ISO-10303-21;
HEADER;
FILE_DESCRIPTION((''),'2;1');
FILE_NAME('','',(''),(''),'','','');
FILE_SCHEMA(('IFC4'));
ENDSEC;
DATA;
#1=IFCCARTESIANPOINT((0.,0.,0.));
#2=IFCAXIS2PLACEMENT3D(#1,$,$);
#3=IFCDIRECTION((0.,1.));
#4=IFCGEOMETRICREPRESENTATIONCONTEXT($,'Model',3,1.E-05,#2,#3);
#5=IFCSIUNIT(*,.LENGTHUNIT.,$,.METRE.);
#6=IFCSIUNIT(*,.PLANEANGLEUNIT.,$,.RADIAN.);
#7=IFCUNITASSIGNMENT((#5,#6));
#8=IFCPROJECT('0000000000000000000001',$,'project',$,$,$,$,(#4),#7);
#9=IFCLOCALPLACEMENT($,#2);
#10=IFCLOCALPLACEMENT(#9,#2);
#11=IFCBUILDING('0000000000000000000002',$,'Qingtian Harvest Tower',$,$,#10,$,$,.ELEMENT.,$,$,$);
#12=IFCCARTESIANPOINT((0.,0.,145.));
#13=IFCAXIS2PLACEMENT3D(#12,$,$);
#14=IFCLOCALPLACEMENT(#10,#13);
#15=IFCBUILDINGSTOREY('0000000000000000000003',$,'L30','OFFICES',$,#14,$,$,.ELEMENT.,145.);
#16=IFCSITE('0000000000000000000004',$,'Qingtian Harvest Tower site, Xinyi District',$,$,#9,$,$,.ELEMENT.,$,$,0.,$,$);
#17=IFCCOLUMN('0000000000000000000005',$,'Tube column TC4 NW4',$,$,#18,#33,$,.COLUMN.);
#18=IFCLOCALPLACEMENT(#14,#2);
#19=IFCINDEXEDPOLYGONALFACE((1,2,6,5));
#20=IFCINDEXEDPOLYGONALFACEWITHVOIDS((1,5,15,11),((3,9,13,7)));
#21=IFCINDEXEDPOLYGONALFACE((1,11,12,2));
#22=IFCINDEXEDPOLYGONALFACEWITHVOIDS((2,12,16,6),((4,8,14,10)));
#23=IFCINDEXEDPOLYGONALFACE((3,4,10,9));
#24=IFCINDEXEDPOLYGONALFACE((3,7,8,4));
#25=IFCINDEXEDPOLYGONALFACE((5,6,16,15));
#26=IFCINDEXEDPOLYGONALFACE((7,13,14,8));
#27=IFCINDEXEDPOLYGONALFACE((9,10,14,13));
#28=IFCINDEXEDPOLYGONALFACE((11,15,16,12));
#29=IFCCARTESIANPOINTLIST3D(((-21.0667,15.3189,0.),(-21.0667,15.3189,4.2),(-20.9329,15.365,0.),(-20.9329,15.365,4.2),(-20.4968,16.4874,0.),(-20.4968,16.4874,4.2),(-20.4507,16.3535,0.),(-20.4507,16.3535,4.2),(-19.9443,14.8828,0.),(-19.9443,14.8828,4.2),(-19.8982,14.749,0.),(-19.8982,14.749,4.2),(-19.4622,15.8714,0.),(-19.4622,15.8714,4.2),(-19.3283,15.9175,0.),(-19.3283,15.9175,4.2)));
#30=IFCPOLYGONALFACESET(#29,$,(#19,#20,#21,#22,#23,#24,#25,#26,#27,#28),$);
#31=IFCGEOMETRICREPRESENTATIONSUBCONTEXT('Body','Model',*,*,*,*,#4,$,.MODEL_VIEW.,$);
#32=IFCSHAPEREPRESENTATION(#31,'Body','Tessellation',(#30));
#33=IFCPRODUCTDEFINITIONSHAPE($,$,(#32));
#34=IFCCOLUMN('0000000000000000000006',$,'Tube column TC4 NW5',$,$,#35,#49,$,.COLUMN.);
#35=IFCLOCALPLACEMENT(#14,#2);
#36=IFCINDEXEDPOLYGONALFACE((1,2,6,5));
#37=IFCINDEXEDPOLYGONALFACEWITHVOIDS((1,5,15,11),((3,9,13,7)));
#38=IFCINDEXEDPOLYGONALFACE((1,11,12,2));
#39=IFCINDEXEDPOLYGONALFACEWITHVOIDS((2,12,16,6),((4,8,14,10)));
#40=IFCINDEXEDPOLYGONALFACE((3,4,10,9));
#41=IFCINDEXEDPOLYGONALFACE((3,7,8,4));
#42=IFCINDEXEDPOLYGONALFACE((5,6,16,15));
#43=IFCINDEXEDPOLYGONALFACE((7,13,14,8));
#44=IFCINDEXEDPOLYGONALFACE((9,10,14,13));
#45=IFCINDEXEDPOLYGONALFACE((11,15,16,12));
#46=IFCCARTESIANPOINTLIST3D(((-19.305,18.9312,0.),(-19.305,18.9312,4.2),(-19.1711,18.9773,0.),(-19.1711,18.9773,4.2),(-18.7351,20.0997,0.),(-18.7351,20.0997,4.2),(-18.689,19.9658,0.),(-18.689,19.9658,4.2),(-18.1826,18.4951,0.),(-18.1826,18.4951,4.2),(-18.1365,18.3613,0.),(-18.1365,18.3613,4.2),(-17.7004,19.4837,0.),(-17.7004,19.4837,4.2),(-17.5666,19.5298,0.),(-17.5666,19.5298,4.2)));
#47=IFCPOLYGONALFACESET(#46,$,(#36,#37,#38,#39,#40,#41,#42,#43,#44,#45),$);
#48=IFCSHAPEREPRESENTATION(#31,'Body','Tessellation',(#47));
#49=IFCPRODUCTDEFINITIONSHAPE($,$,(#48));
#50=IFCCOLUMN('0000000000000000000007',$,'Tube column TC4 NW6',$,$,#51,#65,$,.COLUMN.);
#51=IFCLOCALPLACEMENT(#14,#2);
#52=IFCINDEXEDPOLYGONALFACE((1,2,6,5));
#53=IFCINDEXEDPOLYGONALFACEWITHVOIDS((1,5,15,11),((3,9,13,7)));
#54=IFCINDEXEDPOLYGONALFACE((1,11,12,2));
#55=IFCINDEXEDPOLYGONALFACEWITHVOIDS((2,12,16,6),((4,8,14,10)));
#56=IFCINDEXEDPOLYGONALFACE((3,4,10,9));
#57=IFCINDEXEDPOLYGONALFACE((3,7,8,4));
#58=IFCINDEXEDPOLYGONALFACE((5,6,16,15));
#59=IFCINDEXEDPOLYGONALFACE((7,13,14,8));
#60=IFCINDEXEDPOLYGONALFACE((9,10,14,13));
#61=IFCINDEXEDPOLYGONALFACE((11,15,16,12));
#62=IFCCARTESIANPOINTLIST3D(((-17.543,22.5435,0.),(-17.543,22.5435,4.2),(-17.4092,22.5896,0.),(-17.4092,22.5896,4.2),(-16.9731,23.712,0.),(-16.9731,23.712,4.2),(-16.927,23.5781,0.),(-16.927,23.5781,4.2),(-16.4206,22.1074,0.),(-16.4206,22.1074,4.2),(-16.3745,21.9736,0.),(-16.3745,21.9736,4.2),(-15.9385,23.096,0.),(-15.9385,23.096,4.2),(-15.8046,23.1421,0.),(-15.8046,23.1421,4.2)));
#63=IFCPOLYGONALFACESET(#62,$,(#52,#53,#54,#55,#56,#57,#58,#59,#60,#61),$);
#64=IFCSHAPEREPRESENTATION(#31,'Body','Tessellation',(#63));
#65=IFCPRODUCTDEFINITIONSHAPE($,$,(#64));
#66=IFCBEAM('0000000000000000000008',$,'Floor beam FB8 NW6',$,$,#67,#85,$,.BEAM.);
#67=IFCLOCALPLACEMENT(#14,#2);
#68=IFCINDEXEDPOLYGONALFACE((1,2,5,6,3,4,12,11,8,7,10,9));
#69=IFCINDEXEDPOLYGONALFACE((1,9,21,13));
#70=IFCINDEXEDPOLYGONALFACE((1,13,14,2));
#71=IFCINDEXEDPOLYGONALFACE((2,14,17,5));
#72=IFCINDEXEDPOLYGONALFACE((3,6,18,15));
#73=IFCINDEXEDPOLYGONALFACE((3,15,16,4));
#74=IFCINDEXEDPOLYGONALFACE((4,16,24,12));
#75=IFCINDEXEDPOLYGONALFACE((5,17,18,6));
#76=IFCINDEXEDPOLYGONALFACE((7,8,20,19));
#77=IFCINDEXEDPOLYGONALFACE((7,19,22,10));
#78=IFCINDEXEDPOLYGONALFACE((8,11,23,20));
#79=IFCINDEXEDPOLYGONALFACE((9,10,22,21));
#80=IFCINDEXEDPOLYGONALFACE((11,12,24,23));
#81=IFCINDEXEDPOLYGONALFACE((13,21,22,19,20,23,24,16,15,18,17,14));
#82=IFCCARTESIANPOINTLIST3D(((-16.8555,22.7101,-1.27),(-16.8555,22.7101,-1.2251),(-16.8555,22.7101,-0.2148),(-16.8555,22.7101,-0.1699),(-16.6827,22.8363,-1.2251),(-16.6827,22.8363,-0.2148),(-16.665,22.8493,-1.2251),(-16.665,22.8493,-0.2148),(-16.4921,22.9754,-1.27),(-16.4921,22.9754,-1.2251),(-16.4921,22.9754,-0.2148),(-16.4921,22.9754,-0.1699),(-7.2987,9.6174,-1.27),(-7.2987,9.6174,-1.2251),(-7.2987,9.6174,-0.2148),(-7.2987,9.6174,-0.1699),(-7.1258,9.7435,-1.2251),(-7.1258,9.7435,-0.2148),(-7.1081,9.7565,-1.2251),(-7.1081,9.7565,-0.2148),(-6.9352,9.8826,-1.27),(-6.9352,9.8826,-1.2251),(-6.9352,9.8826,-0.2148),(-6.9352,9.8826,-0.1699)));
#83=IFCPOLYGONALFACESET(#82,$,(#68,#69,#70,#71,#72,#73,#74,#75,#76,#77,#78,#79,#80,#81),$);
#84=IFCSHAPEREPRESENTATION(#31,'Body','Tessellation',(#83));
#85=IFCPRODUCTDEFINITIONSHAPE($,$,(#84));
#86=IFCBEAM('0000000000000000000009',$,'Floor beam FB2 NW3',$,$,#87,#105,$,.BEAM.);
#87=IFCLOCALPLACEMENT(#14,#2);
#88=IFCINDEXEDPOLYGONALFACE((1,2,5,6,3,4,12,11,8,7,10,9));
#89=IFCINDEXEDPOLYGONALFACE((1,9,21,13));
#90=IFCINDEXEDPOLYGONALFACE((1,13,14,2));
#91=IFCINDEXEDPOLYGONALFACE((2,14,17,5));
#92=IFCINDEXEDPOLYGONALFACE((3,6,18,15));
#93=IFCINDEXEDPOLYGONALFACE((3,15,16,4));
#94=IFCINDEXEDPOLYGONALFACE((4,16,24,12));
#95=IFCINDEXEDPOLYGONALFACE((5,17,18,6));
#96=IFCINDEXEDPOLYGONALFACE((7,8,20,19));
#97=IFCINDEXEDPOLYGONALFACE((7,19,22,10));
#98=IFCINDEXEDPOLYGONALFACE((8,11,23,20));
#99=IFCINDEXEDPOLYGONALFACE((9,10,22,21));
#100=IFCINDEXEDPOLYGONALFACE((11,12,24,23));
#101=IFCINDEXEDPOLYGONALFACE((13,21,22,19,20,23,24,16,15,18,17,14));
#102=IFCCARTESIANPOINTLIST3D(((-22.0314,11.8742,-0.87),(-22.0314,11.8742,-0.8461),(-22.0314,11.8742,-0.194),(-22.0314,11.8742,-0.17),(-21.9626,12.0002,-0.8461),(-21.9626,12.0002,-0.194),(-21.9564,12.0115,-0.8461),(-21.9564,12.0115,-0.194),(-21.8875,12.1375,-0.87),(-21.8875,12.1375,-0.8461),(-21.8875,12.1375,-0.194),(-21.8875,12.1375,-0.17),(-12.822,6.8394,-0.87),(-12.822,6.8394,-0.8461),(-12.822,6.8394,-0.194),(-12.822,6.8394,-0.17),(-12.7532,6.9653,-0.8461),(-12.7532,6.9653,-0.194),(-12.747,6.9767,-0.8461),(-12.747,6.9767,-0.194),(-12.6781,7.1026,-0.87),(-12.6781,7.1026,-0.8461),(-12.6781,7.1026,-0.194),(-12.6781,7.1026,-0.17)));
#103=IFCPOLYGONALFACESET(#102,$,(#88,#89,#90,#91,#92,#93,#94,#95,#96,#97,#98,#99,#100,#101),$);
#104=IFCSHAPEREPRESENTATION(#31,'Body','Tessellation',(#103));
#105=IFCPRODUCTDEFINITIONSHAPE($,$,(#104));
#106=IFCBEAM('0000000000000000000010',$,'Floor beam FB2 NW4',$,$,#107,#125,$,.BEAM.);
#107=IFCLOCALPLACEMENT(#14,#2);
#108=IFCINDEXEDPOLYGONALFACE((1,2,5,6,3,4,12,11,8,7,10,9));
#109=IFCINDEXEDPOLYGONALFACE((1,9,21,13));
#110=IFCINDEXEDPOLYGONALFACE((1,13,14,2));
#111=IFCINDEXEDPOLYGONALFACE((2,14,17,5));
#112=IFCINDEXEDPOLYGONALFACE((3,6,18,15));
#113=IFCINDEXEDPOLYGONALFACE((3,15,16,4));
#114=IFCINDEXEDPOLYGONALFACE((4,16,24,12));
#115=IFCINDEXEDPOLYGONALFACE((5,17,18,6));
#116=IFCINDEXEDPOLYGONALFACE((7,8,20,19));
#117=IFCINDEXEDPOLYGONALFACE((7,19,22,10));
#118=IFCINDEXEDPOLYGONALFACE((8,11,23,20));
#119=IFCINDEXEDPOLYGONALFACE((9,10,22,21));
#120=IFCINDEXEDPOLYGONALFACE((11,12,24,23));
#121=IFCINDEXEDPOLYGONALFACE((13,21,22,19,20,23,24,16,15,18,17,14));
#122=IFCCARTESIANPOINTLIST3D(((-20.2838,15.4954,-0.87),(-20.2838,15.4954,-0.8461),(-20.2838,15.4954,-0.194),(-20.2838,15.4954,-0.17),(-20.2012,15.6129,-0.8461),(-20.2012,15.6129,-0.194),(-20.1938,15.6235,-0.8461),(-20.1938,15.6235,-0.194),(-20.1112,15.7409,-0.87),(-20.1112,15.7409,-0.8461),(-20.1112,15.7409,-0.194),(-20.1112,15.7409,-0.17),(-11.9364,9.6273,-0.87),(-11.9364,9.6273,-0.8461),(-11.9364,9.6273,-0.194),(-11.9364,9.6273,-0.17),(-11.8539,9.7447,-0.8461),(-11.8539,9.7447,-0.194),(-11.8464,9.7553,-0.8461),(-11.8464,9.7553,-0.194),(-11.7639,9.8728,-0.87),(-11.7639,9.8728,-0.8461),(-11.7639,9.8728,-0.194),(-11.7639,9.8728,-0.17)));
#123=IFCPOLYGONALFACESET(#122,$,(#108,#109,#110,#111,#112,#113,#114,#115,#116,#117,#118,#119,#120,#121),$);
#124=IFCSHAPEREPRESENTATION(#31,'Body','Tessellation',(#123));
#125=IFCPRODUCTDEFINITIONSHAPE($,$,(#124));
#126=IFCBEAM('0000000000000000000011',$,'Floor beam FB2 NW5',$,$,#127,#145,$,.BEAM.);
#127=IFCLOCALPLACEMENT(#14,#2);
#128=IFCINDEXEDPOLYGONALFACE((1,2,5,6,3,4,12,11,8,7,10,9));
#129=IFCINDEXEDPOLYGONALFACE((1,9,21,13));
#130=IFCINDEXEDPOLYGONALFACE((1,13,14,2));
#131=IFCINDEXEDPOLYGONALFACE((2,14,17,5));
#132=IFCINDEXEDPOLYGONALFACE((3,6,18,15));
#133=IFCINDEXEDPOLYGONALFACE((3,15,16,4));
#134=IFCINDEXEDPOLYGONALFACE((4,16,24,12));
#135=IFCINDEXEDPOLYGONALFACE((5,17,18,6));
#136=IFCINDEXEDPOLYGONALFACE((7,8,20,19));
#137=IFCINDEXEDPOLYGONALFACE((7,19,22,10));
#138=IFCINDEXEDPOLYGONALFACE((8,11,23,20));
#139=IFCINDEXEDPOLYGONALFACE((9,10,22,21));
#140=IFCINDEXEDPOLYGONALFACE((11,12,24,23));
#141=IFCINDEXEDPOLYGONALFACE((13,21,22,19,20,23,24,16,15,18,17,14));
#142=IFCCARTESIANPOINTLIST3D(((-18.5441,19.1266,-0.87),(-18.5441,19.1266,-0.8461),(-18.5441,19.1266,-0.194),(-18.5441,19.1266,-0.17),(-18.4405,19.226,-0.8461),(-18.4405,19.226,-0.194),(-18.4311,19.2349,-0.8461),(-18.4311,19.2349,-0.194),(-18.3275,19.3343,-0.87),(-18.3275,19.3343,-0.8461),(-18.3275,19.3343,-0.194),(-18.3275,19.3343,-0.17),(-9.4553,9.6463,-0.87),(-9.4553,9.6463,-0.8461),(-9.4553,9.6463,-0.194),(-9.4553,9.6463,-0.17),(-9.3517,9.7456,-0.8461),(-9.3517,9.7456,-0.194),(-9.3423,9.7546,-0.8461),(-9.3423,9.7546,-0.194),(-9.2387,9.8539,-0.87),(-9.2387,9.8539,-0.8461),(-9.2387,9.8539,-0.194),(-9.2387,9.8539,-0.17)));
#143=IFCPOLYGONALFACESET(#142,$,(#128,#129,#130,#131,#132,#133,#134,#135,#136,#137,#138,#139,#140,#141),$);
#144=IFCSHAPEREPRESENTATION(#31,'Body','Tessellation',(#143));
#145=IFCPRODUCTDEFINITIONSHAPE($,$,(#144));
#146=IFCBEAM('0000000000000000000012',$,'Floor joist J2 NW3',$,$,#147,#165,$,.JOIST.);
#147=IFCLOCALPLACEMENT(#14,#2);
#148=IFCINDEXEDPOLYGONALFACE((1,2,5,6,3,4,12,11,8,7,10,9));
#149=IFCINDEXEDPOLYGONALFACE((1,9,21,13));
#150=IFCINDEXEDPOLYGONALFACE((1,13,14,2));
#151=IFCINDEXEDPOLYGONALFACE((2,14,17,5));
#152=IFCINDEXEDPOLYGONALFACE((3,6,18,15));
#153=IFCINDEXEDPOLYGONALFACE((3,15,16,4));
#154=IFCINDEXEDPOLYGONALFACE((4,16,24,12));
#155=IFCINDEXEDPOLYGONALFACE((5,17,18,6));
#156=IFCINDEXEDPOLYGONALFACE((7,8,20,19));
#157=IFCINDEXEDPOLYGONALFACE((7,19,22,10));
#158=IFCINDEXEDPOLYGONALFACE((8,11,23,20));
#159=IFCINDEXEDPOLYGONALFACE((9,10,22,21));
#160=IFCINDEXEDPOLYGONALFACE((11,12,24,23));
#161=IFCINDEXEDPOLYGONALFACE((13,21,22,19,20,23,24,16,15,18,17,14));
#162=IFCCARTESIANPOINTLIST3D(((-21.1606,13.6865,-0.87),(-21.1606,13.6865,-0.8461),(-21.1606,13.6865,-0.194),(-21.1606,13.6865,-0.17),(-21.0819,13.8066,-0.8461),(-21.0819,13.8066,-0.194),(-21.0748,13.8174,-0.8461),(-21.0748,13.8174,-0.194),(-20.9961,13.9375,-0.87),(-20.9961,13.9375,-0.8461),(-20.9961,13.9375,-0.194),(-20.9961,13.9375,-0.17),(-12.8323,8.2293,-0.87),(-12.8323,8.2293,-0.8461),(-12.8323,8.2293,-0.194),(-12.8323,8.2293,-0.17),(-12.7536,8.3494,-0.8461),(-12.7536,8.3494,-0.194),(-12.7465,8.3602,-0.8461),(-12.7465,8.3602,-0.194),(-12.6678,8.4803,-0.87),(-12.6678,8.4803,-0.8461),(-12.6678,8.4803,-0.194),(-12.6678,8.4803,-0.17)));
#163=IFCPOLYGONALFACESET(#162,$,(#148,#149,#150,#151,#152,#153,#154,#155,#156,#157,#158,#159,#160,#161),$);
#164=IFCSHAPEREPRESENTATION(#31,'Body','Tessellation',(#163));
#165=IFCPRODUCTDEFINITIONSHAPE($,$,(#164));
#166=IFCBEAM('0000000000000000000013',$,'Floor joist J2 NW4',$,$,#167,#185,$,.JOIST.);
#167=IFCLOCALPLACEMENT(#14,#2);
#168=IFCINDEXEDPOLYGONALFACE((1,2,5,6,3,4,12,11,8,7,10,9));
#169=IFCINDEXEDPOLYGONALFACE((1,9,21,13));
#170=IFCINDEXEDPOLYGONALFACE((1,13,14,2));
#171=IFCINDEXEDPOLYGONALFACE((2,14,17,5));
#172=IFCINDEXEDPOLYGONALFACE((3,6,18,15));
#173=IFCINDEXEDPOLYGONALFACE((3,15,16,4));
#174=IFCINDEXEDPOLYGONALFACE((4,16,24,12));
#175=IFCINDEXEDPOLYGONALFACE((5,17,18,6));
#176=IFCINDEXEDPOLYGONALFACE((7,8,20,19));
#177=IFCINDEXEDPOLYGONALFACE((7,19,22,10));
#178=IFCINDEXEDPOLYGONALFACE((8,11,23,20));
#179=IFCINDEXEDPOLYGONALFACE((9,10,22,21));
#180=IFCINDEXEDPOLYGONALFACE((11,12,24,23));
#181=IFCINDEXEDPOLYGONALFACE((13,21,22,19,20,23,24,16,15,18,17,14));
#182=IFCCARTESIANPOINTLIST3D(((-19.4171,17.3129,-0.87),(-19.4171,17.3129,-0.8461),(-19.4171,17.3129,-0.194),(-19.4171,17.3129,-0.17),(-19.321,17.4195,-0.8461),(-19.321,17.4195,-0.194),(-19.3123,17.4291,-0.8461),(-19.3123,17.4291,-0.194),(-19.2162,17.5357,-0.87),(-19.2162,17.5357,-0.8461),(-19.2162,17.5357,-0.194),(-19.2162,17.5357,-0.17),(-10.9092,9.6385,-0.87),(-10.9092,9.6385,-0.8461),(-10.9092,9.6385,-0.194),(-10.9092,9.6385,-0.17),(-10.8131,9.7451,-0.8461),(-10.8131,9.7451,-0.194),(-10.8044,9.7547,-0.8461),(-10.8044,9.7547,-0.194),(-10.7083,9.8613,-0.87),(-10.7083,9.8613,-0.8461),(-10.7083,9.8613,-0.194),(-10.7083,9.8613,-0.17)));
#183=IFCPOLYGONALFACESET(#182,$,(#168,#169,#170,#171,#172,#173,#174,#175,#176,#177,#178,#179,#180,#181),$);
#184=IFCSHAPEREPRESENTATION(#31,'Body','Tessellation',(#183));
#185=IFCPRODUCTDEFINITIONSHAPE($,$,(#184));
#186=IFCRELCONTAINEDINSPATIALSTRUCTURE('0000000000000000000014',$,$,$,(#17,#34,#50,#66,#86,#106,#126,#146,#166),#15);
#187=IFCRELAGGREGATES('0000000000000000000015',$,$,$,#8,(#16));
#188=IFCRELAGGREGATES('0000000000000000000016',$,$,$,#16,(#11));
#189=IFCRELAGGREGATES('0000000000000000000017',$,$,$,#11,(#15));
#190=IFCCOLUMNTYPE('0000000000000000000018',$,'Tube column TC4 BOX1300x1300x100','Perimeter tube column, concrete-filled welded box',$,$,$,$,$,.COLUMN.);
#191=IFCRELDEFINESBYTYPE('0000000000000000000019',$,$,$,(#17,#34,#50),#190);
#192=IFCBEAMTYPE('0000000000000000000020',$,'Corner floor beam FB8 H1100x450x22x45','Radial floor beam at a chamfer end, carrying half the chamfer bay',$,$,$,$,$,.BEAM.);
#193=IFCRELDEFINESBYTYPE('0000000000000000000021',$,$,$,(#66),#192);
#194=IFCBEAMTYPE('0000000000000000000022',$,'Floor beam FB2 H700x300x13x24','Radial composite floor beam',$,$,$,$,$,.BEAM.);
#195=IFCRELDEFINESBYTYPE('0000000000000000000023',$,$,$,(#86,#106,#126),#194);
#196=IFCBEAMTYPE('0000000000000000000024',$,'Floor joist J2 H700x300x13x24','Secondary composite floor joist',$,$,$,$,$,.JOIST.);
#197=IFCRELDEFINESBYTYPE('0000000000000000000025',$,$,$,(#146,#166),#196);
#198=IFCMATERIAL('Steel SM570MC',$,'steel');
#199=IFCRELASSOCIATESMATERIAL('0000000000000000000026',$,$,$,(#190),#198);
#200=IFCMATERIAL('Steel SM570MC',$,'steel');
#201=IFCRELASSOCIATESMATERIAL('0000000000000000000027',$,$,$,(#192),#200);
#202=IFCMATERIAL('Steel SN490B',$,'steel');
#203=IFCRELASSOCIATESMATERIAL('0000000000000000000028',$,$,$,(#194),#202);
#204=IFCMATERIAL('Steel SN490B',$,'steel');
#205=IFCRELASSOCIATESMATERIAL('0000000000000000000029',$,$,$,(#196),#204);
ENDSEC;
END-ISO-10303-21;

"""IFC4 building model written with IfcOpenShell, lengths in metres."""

from ifc_helpers import new_model, si_unit, direction, frame, origin, origin_2d, place, context, subcontext, project, spatial, hollow_rectangle, i_section, extrude, material, material_profile, profile_set, type_object, element, save


model = new_model("IFC4")

# Units and contexts
model_context = context("Model", 3, precision=1e-05, world=origin(), true_north=direction((0.0, 1.0)))
body_context = subcontext(model_context, "Body", "Model", "MODEL_VIEW")
ifc_project = project(units=[si_unit("LENGTHUNIT", "METRE"), si_unit("PLANEANGLEUNIT", "RADIAN")], contexts=[model_context])

# Site, building, storey
site_placement = place(None, origin())
site = spatial("IfcSite", under=ifc_project, at=site_placement, Name="Qingtian Harvest Tower site, Xinyi District", CompositionType="ELEMENT", RefElevation=0.0)
building_placement = place(site_placement, origin())
building = spatial("IfcBuilding", under=site, at=building_placement, Name="Qingtian Harvest Tower", CompositionType="ELEMENT")
storey_placement = place(building_placement, frame((0.0, 0.0, 145.0)))
storey = spatial("IfcBuildingStorey", under=building, at=storey_placement, Name="L30", Description="OFFICES", CompositionType="ELEMENT", Elevation=145.0)

# Columns
ifc_material_1 = material(Name="Steel SM570MC", Category="steel")
ifc_material_profile_1 = material_profile(ifc_material_1, hollow_rectangle(XDim=1.3, YDim=1.3, WallThickness=0.1001, at=origin_2d()), Name="BOX1300x1300x100")
ifc_profile_set_1 = profile_set([ifc_material_profile_1], Name="Steel SM570MC")
column_type = type_object("IfcColumnType", Name="Tube column TC4 BOX1300x1300x100", Description="Perimeter tube column, concrete-filled welded box", PredefinedType="COLUMN", material=ifc_profile_set_1)
for number, where, z_axis, x_axis, name in (
    (1, (-20.1975, 15.6182, 0.0), (0.0, 0.0, 1.0), (-0.438371, -0.898794, 0.0), "Tube column TC4 NW4"),
    (2, (-18.4358, 19.2305, 0.0), (0.0, 0.0, 1.0), (-0.438371, -0.898794, 0.0), "Tube column TC4 NW5"),
    (3, (-16.6738, 22.8428, 0.0), (0.0, 0.0, 1.0), (-0.438371, -0.898794, 0.0), "Tube column TC4 NW6"),
):
    element("IfcColumn", number, at=place(storey_placement, frame(where, z_axis=z_axis, x_axis=x_axis)), inside=storey, type_object=column_type, Name=name, PredefinedType="COLUMN", context=body_context, shape_type="SweptSolid", body=[
        extrude(hollow_rectangle(XDim=1.3, YDim=1.3, WallThickness=0.1001, at=origin_2d()), origin(), (0.0, 0.0, 1.0), 4.2),
    ])

# Beams
ifc_material_2 = material(Name="Steel SM570MC", Category="steel")
ifc_material_profile_2 = material_profile(ifc_material_2, i_section(OverallWidth=0.45, OverallDepth=1.1001, WebThickness=0.022, FlangeThickness=0.0449, at=origin_2d()), Name="H1100x450x22x45")
ifc_profile_set_2 = profile_set([ifc_material_profile_2], Name="Steel SM570MC")
beam_type_1 = type_object("IfcBeamType", Name="Corner floor beam FB8 H1100x450x22x45", Description="Radial floor beam at a chamfer end, carrying half the chamfer bay", PredefinedType="BEAM", material=ifc_profile_set_2)
beam_1_placement = place(storey_placement, frame((-16.6738, 22.8428, -0.72), z_axis=(0.589578, -0.807712, 0.0), x_axis=(0.807712, 0.589578, 0.0)))
element("IfcBeam", 4, at=beam_1_placement, inside=storey, type_object=beam_type_1, Name="Floor beam FB8 NW6", PredefinedType="BEAM", context=body_context, shape_type="SweptSolid", body=[
    extrude(i_section(OverallWidth=0.45, OverallDepth=1.1001, WebThickness=0.022, FlangeThickness=0.0449, at=origin_2d()), origin(), (0.0, 0.0, 1.0), 16.2097),
])
ifc_material_3 = material(Name="Steel SN490B", Category="steel")
ifc_material_profile_3 = material_profile(ifc_material_3, i_section(OverallWidth=0.3, OverallDepth=0.7, WebThickness=0.0129, FlangeThickness=0.0239, at=origin_2d()), Name="H700x300x13x24")
ifc_profile_set_3 = profile_set([ifc_material_profile_3], Name="Steel SN490B")
beam_type_2 = type_object("IfcBeamType", Name="Floor beam FB2 H700x300x13x24", Description="Radial composite floor beam", PredefinedType="BEAM", material=ifc_profile_set_3)
beam_2_placement = place(storey_placement, frame((-21.9595, 12.0059, -0.52), z_axis=(0.877432, -0.479701, 0.0), x_axis=(0.479701, 0.877432, 0.0)))
element("IfcBeam", 5, at=beam_2_placement, inside=storey, type_object=beam_type_2, Name="Floor beam FB2 NW3", PredefinedType="BEAM", context=body_context, shape_type="SweptSolid", body=[
    extrude(i_section(OverallWidth=0.3, OverallDepth=0.7, WebThickness=0.0129, FlangeThickness=0.0239, at=origin_2d()), origin(), (0.0, 0.0, 1.0), 10.4958),
])
beam_3_placement = place(storey_placement, frame((-20.1975, 15.6182, -0.52), z_axis=(0.81808, -0.575104, 0.0), x_axis=(0.575104, 0.81808, 0.0)))
element("IfcBeam", 6, at=beam_3_placement, inside=storey, type_object=beam_type_2, Name="Floor beam FB2 NW4", PredefinedType="BEAM", context=body_context, shape_type="SweptSolid", body=[
    extrude(i_section(OverallWidth=0.3, OverallDepth=0.7, WebThickness=0.0129, FlangeThickness=0.0239, at=origin_2d()), origin(), (0.0, 0.0, 1.0), 10.2036),
])
beam_4_placement = place(storey_placement, frame((-18.4358, 19.2305, -0.52), z_axis=(0.692041, -0.721858, 0.0), x_axis=(0.721858, 0.692041, 0.0)))
element("IfcBeam", 7, at=beam_4_placement, inside=storey, type_object=beam_type_2, Name="Floor beam FB2 NW5", PredefinedType="BEAM", context=body_context, shape_type="SweptSolid", body=[
    extrude(i_section(OverallWidth=0.3, OverallDepth=0.7, WebThickness=0.0129, FlangeThickness=0.0239, at=origin_2d()), origin(), (0.0, 0.0, 1.0), 13.1333),
])
ifc_material_4 = material(Name="Steel SN490B", Category="steel")
ifc_material_profile_4 = material_profile(ifc_material_4, i_section(OverallWidth=0.3, OverallDepth=0.7, WebThickness=0.0129, FlangeThickness=0.0239, at=origin_2d()), Name="H700x300x13x24")
ifc_profile_set_4 = profile_set([ifc_material_profile_4], Name="Steel SN490B")
beam_type_3 = type_object("IfcBeamType", Name="Floor joist J2 H700x300x13x24", Description="Secondary composite floor joist", PredefinedType="JOIST", material=ifc_profile_set_4)
beam_5_placement = place(storey_placement, frame((-21.0784, 13.812, -0.52), z_axis=(0.836426, -0.548079, 0.0), x_axis=(0.548079, 0.836426, 0.0)))
element("IfcBeam", 8, at=beam_5_placement, inside=storey, type_object=beam_type_3, Name="Floor joist J2 NW3", PredefinedType="JOIST", context=body_context, shape_type="SweptSolid", body=[
    extrude(i_section(OverallWidth=0.3, OverallDepth=0.7, WebThickness=0.0129, FlangeThickness=0.0239, at=origin_2d()), origin(), (0.0, 0.0, 1.0), 9.957),
])
beam_6_placement = place(storey_placement, frame((-19.3167, 17.4243, -0.52), z_axis=(0.742544, -0.669798, 0.0), x_axis=(0.669798, 0.742544, 0.0)))
element("IfcBeam", 9, at=beam_6_placement, inside=storey, type_object=beam_type_3, Name="Floor joist J2 NW4", PredefinedType="JOIST", context=body_context, shape_type="SweptSolid", body=[
    extrude(i_section(OverallWidth=0.3, OverallDepth=0.7, WebThickness=0.0129, FlangeThickness=0.0239, at=origin_2d()), origin(), (0.0, 0.0, 1.0), 11.4578),
])

save(model, "model.ifc")
